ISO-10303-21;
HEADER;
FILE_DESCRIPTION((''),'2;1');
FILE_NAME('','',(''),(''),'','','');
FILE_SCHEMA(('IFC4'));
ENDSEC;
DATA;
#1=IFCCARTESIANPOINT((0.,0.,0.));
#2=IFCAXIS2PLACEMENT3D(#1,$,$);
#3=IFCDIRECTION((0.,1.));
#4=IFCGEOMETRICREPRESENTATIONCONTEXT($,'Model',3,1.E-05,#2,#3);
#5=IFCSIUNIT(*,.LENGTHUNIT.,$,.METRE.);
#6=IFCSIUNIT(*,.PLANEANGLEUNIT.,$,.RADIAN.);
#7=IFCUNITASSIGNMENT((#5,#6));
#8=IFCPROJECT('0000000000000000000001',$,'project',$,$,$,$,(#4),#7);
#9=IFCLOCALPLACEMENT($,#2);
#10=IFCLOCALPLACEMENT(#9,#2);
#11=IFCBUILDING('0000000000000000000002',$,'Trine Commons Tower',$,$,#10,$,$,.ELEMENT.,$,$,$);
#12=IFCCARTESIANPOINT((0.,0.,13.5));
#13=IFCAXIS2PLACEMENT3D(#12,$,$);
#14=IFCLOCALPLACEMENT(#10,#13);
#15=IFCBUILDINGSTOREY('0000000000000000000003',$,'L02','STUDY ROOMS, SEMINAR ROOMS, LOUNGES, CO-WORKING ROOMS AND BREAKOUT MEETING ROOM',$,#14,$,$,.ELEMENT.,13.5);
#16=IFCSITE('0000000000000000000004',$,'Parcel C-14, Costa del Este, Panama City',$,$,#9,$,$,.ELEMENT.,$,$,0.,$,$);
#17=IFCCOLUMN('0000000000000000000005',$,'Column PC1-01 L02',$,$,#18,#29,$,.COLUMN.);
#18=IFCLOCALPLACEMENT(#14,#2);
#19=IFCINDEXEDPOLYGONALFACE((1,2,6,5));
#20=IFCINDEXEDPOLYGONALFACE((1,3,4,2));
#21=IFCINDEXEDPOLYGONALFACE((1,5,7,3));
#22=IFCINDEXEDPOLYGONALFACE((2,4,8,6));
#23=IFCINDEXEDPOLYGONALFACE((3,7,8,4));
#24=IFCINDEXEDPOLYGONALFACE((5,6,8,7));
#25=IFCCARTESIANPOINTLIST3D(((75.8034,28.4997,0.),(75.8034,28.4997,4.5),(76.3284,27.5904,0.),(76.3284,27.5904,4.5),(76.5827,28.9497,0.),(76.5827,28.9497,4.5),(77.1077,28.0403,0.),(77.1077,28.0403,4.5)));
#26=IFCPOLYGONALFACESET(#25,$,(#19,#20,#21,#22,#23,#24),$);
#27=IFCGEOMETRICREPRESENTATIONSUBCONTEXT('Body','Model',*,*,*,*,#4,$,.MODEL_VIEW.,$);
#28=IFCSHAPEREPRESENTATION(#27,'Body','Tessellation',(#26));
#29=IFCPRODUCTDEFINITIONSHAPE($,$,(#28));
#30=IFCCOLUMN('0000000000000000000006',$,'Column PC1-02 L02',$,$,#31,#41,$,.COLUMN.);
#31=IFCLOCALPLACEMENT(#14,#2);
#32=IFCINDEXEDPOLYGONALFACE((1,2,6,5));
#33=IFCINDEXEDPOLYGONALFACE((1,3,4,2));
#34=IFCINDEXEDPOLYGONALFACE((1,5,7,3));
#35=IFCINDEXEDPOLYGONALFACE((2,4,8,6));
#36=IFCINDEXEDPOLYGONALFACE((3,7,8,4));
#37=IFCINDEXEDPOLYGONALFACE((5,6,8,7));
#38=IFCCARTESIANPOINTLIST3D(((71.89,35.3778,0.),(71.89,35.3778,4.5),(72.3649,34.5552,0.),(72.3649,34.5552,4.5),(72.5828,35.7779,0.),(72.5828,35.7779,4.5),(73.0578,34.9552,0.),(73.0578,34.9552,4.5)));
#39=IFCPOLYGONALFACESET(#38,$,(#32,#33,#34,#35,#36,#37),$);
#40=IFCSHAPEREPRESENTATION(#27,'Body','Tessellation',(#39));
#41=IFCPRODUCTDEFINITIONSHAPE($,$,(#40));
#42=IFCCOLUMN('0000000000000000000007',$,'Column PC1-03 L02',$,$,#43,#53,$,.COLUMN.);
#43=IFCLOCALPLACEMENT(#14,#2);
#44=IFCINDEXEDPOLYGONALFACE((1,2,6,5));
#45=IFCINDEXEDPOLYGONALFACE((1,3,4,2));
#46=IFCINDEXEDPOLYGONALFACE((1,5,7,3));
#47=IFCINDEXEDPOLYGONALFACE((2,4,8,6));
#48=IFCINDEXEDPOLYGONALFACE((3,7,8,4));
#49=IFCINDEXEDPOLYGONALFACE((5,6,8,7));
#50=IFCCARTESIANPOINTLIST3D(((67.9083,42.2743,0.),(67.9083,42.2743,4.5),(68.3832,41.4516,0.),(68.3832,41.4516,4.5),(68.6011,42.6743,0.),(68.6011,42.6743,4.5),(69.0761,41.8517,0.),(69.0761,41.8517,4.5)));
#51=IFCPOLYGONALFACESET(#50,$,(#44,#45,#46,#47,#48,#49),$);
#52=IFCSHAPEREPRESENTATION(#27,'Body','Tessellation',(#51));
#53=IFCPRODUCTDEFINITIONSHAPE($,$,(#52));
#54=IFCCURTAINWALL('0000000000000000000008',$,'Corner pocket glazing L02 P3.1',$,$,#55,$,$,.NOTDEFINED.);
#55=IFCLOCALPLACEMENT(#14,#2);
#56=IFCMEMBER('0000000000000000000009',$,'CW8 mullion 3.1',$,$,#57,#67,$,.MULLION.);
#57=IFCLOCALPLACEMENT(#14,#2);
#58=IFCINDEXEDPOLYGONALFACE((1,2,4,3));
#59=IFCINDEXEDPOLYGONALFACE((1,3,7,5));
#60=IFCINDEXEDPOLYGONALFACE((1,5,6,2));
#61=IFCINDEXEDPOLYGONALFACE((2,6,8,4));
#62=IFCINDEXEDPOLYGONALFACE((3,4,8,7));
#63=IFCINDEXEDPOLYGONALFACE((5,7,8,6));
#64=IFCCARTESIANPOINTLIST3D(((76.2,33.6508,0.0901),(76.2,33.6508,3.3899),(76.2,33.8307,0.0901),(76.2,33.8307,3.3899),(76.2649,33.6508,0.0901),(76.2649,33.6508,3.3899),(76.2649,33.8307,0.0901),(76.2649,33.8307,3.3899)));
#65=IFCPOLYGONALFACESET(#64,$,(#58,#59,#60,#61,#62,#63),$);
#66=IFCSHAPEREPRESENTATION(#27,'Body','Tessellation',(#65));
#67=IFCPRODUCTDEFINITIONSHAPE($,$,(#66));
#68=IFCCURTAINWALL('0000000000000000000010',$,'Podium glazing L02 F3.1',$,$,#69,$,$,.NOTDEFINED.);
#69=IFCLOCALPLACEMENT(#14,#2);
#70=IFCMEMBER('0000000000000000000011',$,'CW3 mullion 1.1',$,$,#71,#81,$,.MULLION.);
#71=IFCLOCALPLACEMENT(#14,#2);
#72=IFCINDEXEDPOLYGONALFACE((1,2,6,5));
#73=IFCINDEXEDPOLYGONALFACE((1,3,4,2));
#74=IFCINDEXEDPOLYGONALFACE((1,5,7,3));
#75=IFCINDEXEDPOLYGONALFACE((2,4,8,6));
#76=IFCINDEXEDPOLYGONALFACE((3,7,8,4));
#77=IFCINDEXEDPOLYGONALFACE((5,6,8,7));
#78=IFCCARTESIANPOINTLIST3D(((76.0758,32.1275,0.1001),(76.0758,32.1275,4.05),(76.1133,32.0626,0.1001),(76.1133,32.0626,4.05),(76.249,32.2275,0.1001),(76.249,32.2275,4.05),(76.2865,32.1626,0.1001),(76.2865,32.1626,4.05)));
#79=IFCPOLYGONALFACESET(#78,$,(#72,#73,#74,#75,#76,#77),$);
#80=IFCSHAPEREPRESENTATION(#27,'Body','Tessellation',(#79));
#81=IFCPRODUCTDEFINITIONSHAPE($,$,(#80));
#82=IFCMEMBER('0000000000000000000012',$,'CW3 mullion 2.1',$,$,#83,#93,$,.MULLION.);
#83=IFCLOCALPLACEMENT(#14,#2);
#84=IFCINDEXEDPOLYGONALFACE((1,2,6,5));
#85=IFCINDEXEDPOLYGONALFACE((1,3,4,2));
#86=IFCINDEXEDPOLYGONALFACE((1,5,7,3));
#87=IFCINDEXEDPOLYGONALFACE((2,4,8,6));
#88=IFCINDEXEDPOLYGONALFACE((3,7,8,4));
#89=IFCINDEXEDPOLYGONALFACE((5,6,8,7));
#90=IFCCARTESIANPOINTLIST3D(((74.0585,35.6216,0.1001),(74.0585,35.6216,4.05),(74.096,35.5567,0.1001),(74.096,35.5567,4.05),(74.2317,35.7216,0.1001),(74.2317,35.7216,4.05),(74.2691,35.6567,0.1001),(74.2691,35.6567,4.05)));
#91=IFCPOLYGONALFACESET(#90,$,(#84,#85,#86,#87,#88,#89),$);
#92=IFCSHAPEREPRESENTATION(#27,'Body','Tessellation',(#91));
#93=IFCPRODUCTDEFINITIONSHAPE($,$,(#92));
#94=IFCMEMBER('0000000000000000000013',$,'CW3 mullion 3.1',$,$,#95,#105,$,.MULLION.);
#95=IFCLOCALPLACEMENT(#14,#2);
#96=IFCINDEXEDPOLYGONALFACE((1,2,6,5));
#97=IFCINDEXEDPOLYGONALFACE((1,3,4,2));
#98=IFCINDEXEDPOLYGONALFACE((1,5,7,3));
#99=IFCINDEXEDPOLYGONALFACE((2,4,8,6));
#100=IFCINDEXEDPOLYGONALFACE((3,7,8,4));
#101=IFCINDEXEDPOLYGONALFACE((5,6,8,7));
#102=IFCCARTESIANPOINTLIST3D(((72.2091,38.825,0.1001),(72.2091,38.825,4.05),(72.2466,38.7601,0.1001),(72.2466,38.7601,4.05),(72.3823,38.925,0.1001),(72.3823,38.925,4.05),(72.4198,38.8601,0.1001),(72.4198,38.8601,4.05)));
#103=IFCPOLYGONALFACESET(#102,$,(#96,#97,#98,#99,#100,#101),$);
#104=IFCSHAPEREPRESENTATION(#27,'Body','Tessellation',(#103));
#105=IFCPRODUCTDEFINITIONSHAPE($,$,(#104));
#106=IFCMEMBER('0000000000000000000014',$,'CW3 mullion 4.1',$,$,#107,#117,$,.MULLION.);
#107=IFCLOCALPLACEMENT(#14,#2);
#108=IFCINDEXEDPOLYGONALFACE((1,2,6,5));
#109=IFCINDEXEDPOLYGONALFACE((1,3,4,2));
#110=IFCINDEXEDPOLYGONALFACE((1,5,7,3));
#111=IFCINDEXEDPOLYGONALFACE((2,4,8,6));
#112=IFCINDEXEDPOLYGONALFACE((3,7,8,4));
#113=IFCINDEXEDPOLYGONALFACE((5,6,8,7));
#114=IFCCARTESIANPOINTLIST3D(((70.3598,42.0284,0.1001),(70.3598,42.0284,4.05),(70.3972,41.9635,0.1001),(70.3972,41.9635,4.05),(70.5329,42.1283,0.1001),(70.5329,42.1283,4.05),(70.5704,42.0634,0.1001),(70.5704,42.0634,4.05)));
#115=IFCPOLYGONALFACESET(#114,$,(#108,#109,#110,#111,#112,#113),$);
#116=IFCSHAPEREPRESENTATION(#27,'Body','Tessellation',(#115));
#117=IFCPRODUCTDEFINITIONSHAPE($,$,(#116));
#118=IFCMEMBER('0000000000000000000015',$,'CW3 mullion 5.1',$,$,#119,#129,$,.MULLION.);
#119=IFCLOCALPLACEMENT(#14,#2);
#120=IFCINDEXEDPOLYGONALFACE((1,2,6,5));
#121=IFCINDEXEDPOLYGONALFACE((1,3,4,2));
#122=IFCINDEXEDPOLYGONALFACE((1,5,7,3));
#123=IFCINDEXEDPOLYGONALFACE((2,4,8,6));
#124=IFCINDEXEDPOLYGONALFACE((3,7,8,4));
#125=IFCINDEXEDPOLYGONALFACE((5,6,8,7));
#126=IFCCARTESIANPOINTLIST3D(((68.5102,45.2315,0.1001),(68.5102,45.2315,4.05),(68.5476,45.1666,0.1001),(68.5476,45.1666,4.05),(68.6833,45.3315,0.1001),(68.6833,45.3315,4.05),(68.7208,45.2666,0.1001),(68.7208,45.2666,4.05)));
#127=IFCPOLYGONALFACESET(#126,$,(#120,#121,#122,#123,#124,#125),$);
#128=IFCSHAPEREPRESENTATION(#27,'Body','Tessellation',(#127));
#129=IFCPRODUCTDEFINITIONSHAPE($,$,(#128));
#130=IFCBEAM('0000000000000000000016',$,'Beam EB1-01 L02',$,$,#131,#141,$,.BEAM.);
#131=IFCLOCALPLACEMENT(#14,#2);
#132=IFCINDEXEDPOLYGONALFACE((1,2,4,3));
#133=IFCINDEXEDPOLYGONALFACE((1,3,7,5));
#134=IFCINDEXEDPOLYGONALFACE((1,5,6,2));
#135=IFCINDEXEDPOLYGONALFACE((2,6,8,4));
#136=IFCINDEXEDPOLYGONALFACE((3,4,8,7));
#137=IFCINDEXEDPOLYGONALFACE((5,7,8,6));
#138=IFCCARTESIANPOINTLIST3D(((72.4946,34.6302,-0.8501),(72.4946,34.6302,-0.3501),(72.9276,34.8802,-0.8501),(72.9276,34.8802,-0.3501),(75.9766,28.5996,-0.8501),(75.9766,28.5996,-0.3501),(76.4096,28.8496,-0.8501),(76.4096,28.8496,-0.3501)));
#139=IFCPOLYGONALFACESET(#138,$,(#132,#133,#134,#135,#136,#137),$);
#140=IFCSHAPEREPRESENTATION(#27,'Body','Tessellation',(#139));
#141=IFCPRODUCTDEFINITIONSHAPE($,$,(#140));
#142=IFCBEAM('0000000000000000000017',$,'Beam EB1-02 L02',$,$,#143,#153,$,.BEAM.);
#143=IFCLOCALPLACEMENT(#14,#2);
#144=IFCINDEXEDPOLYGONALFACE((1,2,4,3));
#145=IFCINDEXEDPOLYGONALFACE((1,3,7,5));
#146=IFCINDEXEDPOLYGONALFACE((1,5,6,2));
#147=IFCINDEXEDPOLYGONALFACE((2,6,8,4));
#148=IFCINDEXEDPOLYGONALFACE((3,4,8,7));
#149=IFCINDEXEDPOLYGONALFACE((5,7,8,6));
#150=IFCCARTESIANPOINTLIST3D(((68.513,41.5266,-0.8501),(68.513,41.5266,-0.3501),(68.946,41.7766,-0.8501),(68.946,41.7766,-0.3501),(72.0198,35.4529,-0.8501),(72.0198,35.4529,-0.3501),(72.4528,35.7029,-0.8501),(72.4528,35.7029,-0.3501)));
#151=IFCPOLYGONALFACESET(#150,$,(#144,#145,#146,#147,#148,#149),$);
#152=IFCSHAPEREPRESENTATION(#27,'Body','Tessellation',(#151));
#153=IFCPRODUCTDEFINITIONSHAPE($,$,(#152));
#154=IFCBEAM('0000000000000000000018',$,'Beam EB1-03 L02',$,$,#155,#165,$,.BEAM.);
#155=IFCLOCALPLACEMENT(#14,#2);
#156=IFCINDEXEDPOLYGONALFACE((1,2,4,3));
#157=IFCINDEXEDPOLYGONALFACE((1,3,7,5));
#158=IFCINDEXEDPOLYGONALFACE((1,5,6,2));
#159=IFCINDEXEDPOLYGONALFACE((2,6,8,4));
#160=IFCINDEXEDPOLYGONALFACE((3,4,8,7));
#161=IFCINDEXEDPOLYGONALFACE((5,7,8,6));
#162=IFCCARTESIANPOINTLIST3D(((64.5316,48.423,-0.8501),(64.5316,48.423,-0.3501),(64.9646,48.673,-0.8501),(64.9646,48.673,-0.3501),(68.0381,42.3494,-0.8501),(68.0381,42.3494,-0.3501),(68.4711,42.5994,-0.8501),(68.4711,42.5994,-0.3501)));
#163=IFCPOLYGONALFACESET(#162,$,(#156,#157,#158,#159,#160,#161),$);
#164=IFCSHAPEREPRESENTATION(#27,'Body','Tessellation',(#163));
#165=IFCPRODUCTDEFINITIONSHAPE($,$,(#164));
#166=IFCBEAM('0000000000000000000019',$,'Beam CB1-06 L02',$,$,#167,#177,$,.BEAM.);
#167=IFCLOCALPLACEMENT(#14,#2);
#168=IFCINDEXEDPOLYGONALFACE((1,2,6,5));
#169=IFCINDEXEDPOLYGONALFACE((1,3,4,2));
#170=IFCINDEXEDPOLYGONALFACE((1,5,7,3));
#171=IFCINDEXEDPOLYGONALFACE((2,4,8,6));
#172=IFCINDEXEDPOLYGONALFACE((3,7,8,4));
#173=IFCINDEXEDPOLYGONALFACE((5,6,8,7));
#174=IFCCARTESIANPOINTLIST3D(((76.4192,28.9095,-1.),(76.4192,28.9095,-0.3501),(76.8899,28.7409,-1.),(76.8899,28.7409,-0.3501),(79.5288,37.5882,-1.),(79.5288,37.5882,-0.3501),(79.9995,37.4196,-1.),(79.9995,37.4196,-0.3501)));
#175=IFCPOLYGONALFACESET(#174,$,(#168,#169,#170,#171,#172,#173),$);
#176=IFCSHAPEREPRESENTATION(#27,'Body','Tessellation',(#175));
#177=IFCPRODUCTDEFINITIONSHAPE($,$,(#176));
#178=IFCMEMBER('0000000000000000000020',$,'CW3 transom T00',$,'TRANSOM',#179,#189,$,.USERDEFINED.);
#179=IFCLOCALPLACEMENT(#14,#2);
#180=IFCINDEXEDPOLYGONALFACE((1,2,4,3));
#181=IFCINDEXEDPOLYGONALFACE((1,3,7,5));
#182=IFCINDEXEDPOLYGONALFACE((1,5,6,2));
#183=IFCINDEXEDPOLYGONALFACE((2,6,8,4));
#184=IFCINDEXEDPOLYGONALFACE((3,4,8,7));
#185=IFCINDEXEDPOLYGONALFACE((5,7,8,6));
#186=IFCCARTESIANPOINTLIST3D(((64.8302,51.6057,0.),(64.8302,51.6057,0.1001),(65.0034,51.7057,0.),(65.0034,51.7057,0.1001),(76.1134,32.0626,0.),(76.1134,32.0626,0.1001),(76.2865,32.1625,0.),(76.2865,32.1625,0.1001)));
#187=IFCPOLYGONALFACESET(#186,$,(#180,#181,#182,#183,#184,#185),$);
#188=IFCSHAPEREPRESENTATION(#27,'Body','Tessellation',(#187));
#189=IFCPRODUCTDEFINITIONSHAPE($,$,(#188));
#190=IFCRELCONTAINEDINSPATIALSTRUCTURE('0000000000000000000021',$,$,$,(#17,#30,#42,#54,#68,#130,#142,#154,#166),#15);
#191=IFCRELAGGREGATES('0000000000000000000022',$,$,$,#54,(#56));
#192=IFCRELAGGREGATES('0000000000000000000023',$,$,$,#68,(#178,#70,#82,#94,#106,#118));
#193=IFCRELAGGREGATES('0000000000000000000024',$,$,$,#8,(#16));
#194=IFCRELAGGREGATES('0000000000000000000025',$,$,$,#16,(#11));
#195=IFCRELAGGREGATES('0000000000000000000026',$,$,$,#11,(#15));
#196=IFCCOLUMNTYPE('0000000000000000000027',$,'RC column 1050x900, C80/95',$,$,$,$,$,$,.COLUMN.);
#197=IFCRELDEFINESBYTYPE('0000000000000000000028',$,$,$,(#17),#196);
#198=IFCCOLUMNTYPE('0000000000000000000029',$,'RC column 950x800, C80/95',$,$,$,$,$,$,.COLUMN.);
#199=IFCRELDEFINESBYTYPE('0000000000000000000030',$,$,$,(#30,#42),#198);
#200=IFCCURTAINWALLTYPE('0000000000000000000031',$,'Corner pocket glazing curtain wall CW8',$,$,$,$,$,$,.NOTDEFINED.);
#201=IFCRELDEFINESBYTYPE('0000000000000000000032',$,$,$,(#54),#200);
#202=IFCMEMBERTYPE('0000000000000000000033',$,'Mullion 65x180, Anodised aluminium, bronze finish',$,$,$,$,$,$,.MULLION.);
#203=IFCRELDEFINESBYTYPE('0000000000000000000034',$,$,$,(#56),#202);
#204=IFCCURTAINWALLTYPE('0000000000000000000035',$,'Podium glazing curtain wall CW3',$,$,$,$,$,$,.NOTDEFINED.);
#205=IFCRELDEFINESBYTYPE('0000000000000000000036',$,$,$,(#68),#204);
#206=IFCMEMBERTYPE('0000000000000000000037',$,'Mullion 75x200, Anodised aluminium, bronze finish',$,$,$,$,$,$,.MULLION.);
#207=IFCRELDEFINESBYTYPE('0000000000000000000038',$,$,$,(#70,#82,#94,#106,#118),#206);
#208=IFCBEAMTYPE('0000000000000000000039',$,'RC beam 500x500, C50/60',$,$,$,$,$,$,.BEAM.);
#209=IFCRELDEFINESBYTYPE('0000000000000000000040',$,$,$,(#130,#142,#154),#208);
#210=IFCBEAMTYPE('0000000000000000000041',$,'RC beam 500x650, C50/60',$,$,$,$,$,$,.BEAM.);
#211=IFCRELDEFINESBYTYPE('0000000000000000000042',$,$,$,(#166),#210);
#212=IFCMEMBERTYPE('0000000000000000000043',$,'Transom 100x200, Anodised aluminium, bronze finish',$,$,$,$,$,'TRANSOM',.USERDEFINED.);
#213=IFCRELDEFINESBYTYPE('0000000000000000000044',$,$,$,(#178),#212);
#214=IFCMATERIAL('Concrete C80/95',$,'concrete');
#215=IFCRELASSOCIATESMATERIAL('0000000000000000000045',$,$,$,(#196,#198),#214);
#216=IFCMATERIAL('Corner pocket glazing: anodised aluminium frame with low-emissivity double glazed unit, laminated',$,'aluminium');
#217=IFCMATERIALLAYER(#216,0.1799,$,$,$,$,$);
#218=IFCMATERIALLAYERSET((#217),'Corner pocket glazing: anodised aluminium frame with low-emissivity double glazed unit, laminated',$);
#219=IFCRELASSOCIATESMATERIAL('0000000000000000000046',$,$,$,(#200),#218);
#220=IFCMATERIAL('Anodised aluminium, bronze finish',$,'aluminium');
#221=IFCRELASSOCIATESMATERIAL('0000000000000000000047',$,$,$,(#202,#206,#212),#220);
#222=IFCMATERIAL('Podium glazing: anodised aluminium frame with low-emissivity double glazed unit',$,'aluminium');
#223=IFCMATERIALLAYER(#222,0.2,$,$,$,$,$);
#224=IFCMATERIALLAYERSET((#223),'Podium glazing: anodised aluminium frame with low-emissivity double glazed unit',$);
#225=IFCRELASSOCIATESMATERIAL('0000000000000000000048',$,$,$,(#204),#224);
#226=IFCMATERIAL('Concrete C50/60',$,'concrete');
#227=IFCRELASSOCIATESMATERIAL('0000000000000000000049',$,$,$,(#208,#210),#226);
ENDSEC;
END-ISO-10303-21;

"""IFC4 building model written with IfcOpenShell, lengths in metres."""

from ifc_helpers import new_model, si_unit, direction, frame, origin, origin_2d, place, context, subcontext, project, spatial, rectangle, extrude, material, layer, layer_set, material_profile, profile_set, type_object, element, aggregate, save


model = new_model("IFC4")

# Units and contexts
model_context = context("Model", 3, precision=1e-05, world=origin(), true_north=direction((0.0, 1.0)))
body_context = subcontext(model_context, "Body", "Model", "MODEL_VIEW")
ifc_project = project(units=[si_unit("LENGTHUNIT", "METRE"), si_unit("PLANEANGLEUNIT", "RADIAN")], contexts=[model_context])

# Site, building, storey
site_placement = place(None, origin())
site = spatial("IfcSite", under=ifc_project, at=site_placement, Name="Parcel C-14, Costa del Este, Panama City", CompositionType="ELEMENT", RefElevation=0.0)
building_placement = place(site_placement, origin())
building = spatial("IfcBuilding", under=site, at=building_placement, Name="Trine Commons Tower", CompositionType="ELEMENT")
storey_placement = place(building_placement, frame((0.0, 0.0, 13.5)))
storey = spatial("IfcBuildingStorey", under=building, at=storey_placement, Name="L02", Description="STUDY ROOMS, SEMINAR ROOMS, LOUNGES, CO-WORKING ROOMS AND BREAKOUT MEETING ROOM", CompositionType="ELEMENT", Elevation=13.5)

# Columns
ifc_material_1 = material(Name="Concrete C80/95", Category="concrete")
ifc_material_profile_1 = material_profile(ifc_material_1, rectangle(XDim=1.05, YDim=0.8999, at=origin_2d()), Name="RC 1050x900")
ifc_profile_set_1 = profile_set([ifc_material_profile_1], Name="Concrete C80/95")
column_type_1 = type_object("IfcColumnType", Name="RC column 1050x900, C80/95", PredefinedType="COLUMN", material=ifc_profile_set_1)
column_placement = place(storey_placement, frame((76.4556, 28.27, 0.0), z_axis=(0.0, 0.0, 1.0), x_axis=(-0.5, 0.866025, 0.0)))
element("IfcColumn", 1, at=column_placement, inside=storey, type_object=column_type_1, Name="Column PC1-01 L02", PredefinedType="COLUMN", context=body_context, shape_type="SweptSolid", body=[
    extrude(rectangle(XDim=1.05, YDim=0.8999, at=origin_2d()), origin(), (0.0, 0.0, 1.0), 4.5),
])
ifc_material_profile_2 = material_profile(ifc_material_1, rectangle(XDim=0.95, YDim=0.8, at=origin_2d()), Name="RC 950x800")
ifc_profile_set_2 = profile_set([ifc_material_profile_2], Name="Concrete C80/95")
column_type_2 = type_object("IfcColumnType", Name="RC column 950x800, C80/95", PredefinedType="COLUMN", material=ifc_profile_set_2)
for number, where, z_axis, x_axis, name in (
    (2, (72.4739, 35.1665, 0.0), (0.0, 0.0, 1.0), (-0.5, 0.866025, 0.0), "Column PC1-02 L02"),
    (3, (68.4922, 42.063, 0.0), (0.0, 0.0, 1.0), (-0.5, 0.866025, 0.0), "Column PC1-03 L02"),
):
    element("IfcColumn", number, at=place(storey_placement, frame(where, z_axis=z_axis, x_axis=x_axis)), inside=storey, type_object=column_type_2, Name=name, PredefinedType="COLUMN", context=body_context, shape_type="SweptSolid", body=[
        extrude(rectangle(XDim=0.95, YDim=0.8, at=origin_2d()), origin(), (0.0, 0.0, 1.0), 4.5),
    ])

# Curtain wall, member
ifc_material_2 = material(Name="Corner pocket glazing: anodised aluminium frame with low-emissivity double glazed unit, laminated", Category="aluminium")
ifc_layer_1 = layer(ifc_material_2, 0.1799)
ifc_layer_set_1 = layer_set([ifc_layer_1], Name="Corner pocket glazing: anodised aluminium frame with low-emissivity double glazed unit, laminated")
curtain_wall_type_1 = type_object("IfcCurtainWallType", Name="Corner pocket glazing curtain wall CW8", PredefinedType="NOTDEFINED", material=ifc_layer_set_1)
curtain_wall_1_placement = place(storey_placement, origin())
curtain_wall_1 = element("IfcCurtainWall", 4, at=curtain_wall_1_placement, inside=storey, type_object=curtain_wall_type_1, Name="Corner pocket glazing L02 P3.1", PredefinedType="NOTDEFINED")
ifc_material_3 = material(Name="Anodised aluminium, bronze finish", Category="aluminium")
ifc_material_profile_3 = material_profile(ifc_material_3, rectangle(XDim=0.1799, YDim=0.0649, at=origin_2d()), Name="Mullion 65x180")
ifc_profile_set_3 = profile_set([ifc_material_profile_3], Name="Anodised aluminium, bronze finish")
member_type_1 = type_object("IfcMemberType", Name="Mullion 65x180, Anodised aluminium, bronze finish", PredefinedType="MULLION", material=ifc_profile_set_3)
member_1_placement = place(storey_placement, frame((76.2324, 33.7407, 0.0901), z_axis=(0.0, 0.0, 1.0), x_axis=(0.0, -1.0, 0.0)))
member_1 = element("IfcMember", 5, at=member_1_placement, type_object=member_type_1, Name="CW8 mullion 3.1", PredefinedType="MULLION", context=body_context, shape_type="SweptSolid", body=[
    extrude(rectangle(XDim=0.1799, YDim=0.0649, at=origin_2d()), origin(), (0.0, 0.0, 1.0), 3.2998),
])

# Curtain wall, members
ifc_material_4 = material(Name="Podium glazing: anodised aluminium frame with low-emissivity double glazed unit", Category="aluminium")
ifc_layer_2 = layer(ifc_material_4, 0.2)
ifc_layer_set_2 = layer_set([ifc_layer_2], Name="Podium glazing: anodised aluminium frame with low-emissivity double glazed unit")
curtain_wall_type_2 = type_object("IfcCurtainWallType", Name="Podium glazing curtain wall CW3", PredefinedType="NOTDEFINED", material=ifc_layer_set_2)
curtain_wall_2_placement = place(storey_placement, origin())
curtain_wall_2 = element("IfcCurtainWall", 6, at=curtain_wall_2_placement, inside=storey, type_object=curtain_wall_type_2, Name="Podium glazing L02 F3.1", PredefinedType="NOTDEFINED")
ifc_material_profile_4 = material_profile(ifc_material_3, rectangle(XDim=0.2, YDim=0.075, at=origin_2d()), Name="Mullion 75x200")
ifc_profile_set_4 = profile_set([ifc_material_profile_4], Name="Anodised aluminium, bronze finish")
member_type_2 = type_object("IfcMemberType", Name="Mullion 75x200, Anodised aluminium, bronze finish", PredefinedType="MULLION", material=ifc_profile_set_4)
member_2_placement = place(storey_placement, frame((76.1812, 32.145, 0.1001), z_axis=(0.0, 0.0, 1.0), x_axis=(-0.866025, -0.5, 0.0)))
member_2 = element("IfcMember", 7, at=member_2_placement, type_object=member_type_2, Name="CW3 mullion 1.1", PredefinedType="MULLION", context=body_context, shape_type="SweptSolid", body=[
    extrude(rectangle(XDim=0.2, YDim=0.075, at=origin_2d()), origin(), (0.0, 0.0, 1.0), 3.95),
])
member_3_placement = place(storey_placement, frame((74.1638, 35.6392, 0.1001), z_axis=(0.0, 0.0, 1.0), x_axis=(-0.866025, -0.5, 0.0)))
member_3 = element("IfcMember", 8, at=member_3_placement, type_object=member_type_2, Name="CW3 mullion 2.1", PredefinedType="MULLION", context=body_context, shape_type="SweptSolid", body=[
    extrude(rectangle(XDim=0.2, YDim=0.075, at=origin_2d()), origin(), (0.0, 0.0, 1.0), 3.95),
])
member_4_placement = place(storey_placement, frame((72.3145, 38.8425, 0.1001), z_axis=(0.0, 0.0, 1.0), x_axis=(-0.866025, -0.5, 0.0)))
member_4 = element("IfcMember", 9, at=member_4_placement, type_object=member_type_2, Name="CW3 mullion 3.1", PredefinedType="MULLION", context=body_context, shape_type="SweptSolid", body=[
    extrude(rectangle(XDim=0.2, YDim=0.075, at=origin_2d()), origin(), (0.0, 0.0, 1.0), 3.95),
])
member_5_placement = place(storey_placement, frame((70.4651, 42.0459, 0.1001), z_axis=(0.0, 0.0, 1.0), x_axis=(-0.866025, -0.5, 0.0)))
member_5 = element("IfcMember", 10, at=member_5_placement, type_object=member_type_2, Name="CW3 mullion 4.1", PredefinedType="MULLION", context=body_context, shape_type="SweptSolid", body=[
    extrude(rectangle(XDim=0.2, YDim=0.075, at=origin_2d()), origin(), (0.0, 0.0, 1.0), 3.95),
])
member_6_placement = place(storey_placement, frame((68.6155, 45.249, 0.1001), z_axis=(0.0, 0.0, 1.0), x_axis=(-0.866025, -0.5, 0.0)))
member_6 = element("IfcMember", 11, at=member_6_placement, type_object=member_type_2, Name="CW3 mullion 5.1", PredefinedType="MULLION", context=body_context, shape_type="SweptSolid", body=[
    extrude(rectangle(XDim=0.2, YDim=0.075, at=origin_2d()), origin(), (0.0, 0.0, 1.0), 3.95),
])

# Beams
ifc_material_5 = material(Name="Concrete C50/60", Category="concrete")
ifc_material_profile_5 = material_profile(ifc_material_5, rectangle(XDim=0.5, YDim=0.5, at=origin_2d()), Name="RC 500x500")
ifc_profile_set_5 = profile_set([ifc_material_profile_5], Name="Concrete C50/60")
beam_type_1 = type_object("IfcBeamType", Name="RC beam 500x500, C50/60", PredefinedType="BEAM", material=ifc_profile_set_5)
beam_1_placement = place(storey_placement, frame((76.1931, 28.7246, -0.6001), z_axis=(-0.500023, 0.866012, 0.0), x_axis=(-0.866012, -0.500023, 0.0)))
element("IfcBeam", 12, at=beam_1_placement, inside=storey, type_object=beam_type_1, Name="Beam EB1-01 L02", PredefinedType="BEAM", context=body_context, shape_type="SweptSolid", body=[
    extrude(rectangle(XDim=0.5, YDim=0.5, at=origin_2d()), origin(), (0.0, 0.0, 1.0), 6.9636),
])
beam_2_placement = place(storey_placement, frame((72.2363, 35.5779, -0.6001), z_axis=(-0.500018, 0.866015, 0.0), x_axis=(-0.866015, -0.500018, 0.0)))
element("IfcBeam", 13, at=beam_2_placement, inside=storey, type_object=beam_type_1, Name="Beam EB1-02 L02", PredefinedType="BEAM", context=body_context, shape_type="SweptSolid", body=[
    extrude(rectangle(XDim=0.5, YDim=0.5, at=origin_2d()), origin(), (0.0, 0.0, 1.0), 7.0134),
])
beam_3_placement = place(storey_placement, frame((68.2546, 42.4744, -0.6001), z_axis=(-0.499992, 0.86603, 0.0), x_axis=(-0.86603, -0.499992, 0.0)))
element("IfcBeam", 14, at=beam_3_placement, inside=storey, type_object=beam_type_1, Name="Beam EB1-03 L02", PredefinedType="BEAM", context=body_context, shape_type="SweptSolid", body=[
    extrude(rectangle(XDim=0.5, YDim=0.5, at=origin_2d()), origin(), (0.0, 0.0, 1.0), 7.0132),
])
ifc_material_profile_6 = material_profile(ifc_material_5, rectangle(XDim=0.5, YDim=0.6499, at=origin_2d()), Name="RC 500x650")
ifc_profile_set_6 = profile_set([ifc_material_profile_6], Name="Concrete C50/60")
beam_type_2 = type_object("IfcBeamType", Name="RC beam 500x650, C50/60", PredefinedType="BEAM", material=ifc_profile_set_6)
beam_4_placement = place(storey_placement, frame((76.6545, 28.8252, -0.675), z_axis=(0.337306, 0.941395, 0.0), x_axis=(-0.941395, 0.337306, 0.0)))
element("IfcBeam", 15, at=beam_4_placement, inside=storey, type_object=beam_type_2, Name="Beam CB1-06 L02", PredefinedType="BEAM", context=body_context, shape_type="SweptSolid", body=[
    extrude(rectangle(XDim=0.5, YDim=0.6499, at=origin_2d()), origin(), (0.0, 0.0, 1.0), 9.219),
])

# Member
ifc_material_profile_7 = material_profile(ifc_material_3, rectangle(XDim=0.2, YDim=0.1001, at=origin_2d()), Name="Transom 100x200")
ifc_profile_set_7 = profile_set([ifc_material_profile_7], Name="Anodised aluminium, bronze finish")
member_type_3 = type_object("IfcMemberType", Name="Transom 100x200, Anodised aluminium, bronze finish", ElementType="TRANSOM", PredefinedType="USERDEFINED", material=ifc_profile_set_7)
member_7_placement = place(storey_placement, frame((76.2, 32.1125, 0.05), z_axis=(-0.499997, 0.866027, 0.0), x_axis=(-0.866027, -0.499997, 0.0)))
member_7 = element("IfcMember", 16, at=member_7_placement, type_object=member_type_3, Name="CW3 transom T00", ObjectType="TRANSOM", PredefinedType="USERDEFINED", context=body_context, shape_type="SweptSolid", body=[
    extrude(rectangle(XDim=0.2, YDim=0.1001, at=origin_2d()), origin(), (0.0, 0.0, 1.0), 22.5664),
])

aggregate(curtain_wall_1, [member_1])
aggregate(curtain_wall_2, [member_7, member_2, member_3, member_4, member_5, member_6])

save(model, "model.ifc")
